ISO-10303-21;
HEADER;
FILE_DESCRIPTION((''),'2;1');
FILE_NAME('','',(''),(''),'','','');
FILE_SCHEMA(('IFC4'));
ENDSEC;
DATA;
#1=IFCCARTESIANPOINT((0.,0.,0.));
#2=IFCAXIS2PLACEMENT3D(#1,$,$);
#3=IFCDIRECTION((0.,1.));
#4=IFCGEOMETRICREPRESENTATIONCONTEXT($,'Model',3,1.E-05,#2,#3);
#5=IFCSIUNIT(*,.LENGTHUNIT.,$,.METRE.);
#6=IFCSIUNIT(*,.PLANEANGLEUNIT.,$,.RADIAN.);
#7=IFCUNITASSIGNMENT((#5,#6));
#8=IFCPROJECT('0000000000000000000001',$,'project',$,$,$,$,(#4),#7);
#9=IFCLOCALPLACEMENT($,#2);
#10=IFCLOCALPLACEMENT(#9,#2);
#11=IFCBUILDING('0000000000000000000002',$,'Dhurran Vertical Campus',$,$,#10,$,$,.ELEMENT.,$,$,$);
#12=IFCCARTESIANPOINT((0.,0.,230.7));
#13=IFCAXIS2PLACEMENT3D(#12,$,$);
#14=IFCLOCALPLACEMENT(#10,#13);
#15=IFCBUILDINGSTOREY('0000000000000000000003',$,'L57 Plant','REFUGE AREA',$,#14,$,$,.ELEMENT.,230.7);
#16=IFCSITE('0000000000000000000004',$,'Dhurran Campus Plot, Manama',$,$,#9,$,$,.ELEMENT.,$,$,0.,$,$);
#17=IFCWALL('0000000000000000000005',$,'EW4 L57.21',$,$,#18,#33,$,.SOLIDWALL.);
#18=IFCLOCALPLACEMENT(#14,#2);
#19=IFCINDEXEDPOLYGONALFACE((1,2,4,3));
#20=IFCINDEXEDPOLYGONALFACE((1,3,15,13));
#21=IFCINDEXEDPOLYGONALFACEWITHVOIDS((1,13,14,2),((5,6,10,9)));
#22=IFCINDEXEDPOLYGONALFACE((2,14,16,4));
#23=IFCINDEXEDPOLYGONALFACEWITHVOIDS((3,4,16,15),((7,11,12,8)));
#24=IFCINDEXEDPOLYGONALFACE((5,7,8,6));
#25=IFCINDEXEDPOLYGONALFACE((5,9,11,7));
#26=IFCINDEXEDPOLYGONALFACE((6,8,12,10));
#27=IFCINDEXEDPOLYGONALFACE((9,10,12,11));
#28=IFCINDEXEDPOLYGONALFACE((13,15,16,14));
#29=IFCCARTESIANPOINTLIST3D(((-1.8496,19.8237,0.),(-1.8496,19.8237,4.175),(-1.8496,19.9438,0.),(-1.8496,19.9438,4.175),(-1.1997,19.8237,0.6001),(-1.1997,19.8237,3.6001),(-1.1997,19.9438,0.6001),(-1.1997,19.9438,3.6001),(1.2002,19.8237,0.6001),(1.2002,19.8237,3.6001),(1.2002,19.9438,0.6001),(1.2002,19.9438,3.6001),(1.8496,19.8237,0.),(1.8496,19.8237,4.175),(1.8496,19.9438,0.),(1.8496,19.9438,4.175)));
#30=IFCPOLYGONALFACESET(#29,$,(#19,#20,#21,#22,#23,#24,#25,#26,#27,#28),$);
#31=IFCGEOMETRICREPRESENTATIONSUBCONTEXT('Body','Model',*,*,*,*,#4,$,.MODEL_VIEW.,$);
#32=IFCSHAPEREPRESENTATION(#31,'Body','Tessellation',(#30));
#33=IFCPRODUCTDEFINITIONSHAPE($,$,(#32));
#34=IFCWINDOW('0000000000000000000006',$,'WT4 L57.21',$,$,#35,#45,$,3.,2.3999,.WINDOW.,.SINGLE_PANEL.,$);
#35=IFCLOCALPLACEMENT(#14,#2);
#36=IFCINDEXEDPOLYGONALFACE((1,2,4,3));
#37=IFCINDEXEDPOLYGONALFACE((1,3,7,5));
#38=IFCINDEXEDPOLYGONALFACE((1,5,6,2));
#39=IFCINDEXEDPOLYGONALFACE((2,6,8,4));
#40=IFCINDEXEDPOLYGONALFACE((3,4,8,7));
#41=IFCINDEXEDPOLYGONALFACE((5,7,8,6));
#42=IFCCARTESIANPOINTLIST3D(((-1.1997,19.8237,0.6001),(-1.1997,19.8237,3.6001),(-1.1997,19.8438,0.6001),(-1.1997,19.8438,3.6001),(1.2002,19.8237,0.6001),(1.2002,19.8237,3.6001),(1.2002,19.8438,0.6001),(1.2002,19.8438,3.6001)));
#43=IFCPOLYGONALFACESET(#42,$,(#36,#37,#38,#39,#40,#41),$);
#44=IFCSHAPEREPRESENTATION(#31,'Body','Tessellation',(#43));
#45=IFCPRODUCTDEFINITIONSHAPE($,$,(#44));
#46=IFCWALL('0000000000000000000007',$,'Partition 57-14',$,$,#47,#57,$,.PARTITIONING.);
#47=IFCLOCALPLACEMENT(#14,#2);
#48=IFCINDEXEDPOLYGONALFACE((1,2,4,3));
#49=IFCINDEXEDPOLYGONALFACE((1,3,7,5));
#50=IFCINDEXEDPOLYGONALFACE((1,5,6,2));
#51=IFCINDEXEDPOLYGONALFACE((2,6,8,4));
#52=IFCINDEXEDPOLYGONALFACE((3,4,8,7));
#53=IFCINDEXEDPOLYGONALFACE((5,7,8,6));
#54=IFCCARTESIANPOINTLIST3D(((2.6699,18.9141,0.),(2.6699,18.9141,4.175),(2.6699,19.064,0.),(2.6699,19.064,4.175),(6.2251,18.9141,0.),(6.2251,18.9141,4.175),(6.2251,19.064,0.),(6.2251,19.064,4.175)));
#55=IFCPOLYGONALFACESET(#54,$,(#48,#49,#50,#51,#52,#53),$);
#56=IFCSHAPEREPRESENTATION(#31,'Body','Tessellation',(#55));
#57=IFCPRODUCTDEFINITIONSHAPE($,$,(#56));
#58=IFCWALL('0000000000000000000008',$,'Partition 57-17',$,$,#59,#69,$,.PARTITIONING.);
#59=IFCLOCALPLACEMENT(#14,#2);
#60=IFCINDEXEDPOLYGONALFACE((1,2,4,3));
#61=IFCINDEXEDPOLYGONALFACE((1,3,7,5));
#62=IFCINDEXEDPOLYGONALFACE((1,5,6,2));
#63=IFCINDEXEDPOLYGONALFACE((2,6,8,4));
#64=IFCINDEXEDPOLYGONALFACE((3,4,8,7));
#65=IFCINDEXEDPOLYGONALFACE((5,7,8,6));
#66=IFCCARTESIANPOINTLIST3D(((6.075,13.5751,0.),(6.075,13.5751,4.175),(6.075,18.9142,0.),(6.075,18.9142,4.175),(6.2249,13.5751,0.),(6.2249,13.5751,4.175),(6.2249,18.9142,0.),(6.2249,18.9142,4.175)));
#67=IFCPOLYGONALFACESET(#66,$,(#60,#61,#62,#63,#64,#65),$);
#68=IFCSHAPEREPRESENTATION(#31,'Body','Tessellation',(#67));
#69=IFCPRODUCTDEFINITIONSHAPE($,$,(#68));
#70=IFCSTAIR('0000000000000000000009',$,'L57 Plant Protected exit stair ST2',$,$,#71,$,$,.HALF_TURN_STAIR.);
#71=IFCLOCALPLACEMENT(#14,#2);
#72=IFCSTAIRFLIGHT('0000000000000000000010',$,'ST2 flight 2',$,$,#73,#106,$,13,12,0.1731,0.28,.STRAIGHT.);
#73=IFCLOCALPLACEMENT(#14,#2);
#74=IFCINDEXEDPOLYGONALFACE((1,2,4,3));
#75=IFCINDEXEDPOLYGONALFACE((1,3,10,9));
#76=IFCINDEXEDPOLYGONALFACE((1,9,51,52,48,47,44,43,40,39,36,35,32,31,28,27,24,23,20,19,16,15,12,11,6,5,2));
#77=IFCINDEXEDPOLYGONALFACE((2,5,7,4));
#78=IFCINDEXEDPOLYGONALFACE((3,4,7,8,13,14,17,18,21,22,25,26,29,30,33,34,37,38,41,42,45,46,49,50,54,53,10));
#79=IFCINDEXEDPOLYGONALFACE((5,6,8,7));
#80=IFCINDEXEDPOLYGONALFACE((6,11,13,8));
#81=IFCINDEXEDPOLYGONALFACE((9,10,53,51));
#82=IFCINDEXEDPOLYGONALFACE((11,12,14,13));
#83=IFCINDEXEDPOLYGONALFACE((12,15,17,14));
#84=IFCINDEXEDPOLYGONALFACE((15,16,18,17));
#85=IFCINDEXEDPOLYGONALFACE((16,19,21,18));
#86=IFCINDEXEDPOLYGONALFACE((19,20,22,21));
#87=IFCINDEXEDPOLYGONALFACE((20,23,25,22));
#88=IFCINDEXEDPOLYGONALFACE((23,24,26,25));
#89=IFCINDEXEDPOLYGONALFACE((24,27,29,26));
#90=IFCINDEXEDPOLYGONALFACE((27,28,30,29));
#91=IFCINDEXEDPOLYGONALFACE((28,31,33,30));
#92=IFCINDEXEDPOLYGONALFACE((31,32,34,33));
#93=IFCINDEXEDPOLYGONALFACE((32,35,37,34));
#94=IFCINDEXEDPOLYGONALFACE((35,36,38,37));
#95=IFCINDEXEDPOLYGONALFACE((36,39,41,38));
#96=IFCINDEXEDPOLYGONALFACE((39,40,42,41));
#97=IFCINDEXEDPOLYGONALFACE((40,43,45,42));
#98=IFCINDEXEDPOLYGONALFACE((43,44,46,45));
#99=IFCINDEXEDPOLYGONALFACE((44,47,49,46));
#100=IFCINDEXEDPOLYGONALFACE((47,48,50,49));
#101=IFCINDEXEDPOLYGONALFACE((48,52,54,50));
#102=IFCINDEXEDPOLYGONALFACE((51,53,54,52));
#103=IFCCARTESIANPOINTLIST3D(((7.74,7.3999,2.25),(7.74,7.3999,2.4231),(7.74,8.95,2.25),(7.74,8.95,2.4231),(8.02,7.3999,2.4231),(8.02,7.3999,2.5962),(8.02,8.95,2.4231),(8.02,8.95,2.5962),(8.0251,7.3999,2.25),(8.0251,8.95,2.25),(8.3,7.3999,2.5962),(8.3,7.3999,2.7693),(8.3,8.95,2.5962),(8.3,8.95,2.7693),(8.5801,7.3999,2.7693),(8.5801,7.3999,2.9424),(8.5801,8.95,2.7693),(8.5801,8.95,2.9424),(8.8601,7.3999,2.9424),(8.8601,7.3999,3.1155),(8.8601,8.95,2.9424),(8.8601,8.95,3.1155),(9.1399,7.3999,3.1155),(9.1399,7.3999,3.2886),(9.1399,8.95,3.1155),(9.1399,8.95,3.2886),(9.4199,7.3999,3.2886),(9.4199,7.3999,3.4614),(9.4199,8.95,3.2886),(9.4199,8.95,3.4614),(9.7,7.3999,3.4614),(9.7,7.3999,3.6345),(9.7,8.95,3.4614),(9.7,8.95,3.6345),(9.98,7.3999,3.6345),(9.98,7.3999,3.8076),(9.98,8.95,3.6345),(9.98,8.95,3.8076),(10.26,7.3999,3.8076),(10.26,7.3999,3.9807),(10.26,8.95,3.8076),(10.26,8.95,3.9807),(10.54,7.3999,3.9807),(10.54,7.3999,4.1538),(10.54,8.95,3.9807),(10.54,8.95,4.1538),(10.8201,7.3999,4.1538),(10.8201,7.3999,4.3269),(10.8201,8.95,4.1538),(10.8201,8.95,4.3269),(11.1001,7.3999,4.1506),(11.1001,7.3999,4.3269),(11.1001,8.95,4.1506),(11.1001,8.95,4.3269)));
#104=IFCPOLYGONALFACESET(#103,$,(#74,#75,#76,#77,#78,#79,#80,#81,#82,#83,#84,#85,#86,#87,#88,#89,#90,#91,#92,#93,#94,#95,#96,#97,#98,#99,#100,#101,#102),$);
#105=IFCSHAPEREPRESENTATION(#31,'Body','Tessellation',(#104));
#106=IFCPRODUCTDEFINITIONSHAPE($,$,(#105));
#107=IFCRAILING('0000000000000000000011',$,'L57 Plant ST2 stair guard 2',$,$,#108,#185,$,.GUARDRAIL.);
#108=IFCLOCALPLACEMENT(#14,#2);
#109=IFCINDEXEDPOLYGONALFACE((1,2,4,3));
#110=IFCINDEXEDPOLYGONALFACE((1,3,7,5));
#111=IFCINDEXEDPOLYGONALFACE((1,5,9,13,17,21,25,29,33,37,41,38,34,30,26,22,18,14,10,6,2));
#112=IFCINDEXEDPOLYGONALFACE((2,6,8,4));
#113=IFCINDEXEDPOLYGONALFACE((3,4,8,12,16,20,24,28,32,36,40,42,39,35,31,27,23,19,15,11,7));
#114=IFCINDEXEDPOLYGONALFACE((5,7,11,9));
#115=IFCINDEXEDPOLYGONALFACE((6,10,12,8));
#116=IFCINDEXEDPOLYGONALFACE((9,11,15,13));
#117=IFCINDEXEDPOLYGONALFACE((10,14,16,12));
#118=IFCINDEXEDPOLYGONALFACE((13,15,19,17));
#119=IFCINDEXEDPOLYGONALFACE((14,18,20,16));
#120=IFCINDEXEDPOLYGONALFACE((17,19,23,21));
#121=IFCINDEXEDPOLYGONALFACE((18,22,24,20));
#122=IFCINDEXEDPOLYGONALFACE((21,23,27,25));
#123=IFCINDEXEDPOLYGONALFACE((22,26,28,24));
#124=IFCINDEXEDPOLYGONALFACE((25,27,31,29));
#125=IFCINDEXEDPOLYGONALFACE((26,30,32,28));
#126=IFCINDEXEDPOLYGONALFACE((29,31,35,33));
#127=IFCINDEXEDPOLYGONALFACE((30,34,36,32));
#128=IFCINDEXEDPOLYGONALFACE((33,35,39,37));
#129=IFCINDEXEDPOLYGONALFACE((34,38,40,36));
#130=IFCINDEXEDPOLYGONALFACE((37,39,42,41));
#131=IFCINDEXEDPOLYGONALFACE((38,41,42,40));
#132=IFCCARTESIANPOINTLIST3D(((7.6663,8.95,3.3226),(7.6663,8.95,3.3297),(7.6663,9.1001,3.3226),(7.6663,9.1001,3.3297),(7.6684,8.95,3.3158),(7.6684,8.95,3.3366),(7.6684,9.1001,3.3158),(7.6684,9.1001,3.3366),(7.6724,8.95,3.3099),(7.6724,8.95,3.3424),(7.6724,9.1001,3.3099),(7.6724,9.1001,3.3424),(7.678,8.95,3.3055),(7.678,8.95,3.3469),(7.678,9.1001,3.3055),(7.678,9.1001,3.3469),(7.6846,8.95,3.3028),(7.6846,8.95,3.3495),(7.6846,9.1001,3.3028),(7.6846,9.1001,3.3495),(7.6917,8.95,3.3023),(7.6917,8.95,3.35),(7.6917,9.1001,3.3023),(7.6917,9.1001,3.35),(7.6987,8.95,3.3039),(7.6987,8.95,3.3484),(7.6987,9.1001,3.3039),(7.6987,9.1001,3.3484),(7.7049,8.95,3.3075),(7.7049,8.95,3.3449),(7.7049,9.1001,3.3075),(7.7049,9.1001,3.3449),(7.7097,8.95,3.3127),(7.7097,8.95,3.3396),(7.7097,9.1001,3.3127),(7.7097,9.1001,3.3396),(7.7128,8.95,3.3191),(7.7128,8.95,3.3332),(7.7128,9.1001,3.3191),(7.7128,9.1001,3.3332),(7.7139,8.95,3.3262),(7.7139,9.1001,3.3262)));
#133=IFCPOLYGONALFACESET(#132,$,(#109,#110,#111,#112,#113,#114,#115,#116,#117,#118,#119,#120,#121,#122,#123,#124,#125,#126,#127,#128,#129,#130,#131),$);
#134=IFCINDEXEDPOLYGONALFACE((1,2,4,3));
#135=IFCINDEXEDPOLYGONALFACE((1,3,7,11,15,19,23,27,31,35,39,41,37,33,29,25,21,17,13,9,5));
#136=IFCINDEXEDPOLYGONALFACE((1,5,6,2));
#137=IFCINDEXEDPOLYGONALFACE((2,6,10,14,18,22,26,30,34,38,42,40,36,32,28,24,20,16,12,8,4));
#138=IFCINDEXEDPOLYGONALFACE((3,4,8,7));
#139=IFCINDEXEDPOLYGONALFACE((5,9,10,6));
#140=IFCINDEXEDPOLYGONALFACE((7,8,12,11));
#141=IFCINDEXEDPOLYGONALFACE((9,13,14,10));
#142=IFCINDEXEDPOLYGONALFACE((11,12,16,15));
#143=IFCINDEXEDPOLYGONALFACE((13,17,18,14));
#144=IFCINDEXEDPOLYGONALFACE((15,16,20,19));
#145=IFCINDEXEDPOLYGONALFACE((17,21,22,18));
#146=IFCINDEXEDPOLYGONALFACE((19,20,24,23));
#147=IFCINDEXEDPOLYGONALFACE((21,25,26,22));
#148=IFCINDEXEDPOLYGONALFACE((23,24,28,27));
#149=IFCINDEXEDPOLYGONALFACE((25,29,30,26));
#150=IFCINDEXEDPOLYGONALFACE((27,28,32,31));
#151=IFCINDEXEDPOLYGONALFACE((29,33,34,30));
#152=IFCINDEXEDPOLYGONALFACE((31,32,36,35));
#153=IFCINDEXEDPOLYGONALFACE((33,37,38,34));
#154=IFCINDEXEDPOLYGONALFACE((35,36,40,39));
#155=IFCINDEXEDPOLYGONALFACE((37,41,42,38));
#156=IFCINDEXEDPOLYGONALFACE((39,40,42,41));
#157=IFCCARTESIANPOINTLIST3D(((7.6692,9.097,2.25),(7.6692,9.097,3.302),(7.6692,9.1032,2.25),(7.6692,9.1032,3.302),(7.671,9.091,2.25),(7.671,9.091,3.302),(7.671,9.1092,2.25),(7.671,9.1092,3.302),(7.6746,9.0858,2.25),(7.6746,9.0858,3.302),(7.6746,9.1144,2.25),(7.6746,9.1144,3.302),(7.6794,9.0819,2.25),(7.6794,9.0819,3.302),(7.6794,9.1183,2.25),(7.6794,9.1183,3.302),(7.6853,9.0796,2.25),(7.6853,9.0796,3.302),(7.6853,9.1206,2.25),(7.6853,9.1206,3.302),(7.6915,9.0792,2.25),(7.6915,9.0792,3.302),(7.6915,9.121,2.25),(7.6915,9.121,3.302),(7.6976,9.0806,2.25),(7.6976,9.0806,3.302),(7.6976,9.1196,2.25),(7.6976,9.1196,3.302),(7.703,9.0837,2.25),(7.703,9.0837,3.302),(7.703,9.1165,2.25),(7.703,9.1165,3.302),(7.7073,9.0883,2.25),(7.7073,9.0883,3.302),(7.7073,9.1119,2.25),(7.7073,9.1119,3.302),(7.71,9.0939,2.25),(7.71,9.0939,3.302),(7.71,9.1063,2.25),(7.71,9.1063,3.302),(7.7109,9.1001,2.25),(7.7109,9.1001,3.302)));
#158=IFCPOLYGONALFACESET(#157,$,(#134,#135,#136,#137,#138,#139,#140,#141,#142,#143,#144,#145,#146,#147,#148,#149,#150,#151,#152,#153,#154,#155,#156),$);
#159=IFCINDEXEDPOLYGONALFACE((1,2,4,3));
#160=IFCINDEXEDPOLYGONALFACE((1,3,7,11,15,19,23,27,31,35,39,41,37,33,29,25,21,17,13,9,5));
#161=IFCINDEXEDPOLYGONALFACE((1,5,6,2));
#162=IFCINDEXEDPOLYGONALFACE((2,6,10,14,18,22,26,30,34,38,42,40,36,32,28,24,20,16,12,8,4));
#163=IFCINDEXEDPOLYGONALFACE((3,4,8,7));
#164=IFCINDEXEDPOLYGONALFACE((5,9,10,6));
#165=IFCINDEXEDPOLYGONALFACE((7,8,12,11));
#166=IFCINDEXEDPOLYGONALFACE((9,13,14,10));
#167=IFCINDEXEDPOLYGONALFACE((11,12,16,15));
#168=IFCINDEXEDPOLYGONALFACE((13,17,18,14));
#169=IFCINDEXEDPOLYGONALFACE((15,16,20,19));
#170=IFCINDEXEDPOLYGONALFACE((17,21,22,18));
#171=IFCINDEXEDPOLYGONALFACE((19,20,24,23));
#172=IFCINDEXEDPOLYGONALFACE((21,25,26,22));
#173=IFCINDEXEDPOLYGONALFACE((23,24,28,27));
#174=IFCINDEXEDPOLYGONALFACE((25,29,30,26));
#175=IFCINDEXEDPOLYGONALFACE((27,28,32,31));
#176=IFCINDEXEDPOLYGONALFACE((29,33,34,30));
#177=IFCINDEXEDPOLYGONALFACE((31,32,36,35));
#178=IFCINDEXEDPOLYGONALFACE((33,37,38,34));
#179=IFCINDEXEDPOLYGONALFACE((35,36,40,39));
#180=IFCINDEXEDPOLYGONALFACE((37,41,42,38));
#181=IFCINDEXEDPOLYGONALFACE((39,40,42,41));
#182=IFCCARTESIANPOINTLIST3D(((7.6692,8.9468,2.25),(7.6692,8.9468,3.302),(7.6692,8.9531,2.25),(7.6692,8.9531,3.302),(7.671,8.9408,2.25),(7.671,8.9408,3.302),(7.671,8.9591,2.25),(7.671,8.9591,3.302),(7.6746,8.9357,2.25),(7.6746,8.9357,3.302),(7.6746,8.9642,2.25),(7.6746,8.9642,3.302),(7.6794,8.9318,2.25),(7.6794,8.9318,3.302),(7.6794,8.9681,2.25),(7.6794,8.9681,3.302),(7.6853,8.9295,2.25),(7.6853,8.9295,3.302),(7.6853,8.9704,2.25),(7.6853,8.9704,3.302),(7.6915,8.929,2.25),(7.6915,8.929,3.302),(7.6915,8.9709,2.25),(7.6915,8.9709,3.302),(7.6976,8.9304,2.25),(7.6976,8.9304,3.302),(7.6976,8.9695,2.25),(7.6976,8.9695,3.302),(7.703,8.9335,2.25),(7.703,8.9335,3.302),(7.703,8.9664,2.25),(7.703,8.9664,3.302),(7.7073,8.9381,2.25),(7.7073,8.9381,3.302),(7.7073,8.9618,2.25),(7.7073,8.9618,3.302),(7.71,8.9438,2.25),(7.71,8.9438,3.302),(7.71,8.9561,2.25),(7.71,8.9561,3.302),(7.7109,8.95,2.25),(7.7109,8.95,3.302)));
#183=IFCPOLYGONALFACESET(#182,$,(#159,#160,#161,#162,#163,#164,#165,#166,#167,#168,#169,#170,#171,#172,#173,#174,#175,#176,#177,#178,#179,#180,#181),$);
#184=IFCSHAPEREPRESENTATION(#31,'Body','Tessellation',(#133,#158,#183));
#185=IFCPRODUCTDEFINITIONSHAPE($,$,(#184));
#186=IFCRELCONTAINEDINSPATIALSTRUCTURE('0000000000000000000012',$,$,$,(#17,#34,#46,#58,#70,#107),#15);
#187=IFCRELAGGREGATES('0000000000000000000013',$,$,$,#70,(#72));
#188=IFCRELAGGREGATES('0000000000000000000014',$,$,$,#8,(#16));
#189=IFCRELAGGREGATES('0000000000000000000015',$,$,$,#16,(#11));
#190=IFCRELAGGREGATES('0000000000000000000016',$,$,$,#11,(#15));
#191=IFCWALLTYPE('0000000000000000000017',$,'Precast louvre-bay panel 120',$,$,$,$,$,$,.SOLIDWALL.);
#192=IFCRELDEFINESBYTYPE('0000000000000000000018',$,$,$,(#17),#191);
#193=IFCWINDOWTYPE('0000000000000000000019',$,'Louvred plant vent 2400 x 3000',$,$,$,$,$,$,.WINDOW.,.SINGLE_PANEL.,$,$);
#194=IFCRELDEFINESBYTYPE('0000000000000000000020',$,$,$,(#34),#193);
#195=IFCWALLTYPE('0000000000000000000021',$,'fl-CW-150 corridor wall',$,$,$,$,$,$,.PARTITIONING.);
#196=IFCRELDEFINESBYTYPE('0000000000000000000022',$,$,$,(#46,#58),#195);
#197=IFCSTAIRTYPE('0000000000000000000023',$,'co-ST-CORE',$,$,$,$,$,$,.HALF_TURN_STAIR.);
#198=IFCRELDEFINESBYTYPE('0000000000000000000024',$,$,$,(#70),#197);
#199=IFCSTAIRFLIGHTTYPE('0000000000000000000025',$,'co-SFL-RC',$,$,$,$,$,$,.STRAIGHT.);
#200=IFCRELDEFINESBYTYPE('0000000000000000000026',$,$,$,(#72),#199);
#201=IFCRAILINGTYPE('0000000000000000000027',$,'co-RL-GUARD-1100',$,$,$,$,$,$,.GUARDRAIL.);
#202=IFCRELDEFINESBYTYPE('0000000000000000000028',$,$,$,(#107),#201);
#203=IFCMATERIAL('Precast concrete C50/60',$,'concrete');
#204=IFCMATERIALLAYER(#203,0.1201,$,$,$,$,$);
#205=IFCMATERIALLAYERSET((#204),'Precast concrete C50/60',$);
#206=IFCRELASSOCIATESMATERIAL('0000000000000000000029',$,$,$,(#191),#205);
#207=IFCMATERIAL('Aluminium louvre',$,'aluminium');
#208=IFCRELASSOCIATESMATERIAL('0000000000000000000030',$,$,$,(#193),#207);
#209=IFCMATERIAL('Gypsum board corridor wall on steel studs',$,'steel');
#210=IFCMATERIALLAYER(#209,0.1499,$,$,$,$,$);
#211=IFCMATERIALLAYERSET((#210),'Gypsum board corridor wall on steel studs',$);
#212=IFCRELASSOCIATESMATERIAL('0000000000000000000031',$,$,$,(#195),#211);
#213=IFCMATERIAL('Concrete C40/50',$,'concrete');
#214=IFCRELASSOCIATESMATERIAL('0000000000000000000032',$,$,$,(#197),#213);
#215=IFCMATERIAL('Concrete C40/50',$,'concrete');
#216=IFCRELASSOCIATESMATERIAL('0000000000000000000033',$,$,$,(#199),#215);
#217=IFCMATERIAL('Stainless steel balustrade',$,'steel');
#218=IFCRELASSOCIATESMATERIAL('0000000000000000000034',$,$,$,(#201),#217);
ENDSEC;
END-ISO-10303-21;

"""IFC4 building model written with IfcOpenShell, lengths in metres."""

from ifc_helpers import new_model, si_unit, direction, frame, frame_2d, origin, origin_2d, place, context, subcontext, project, spatial, polyline, rectangle, circle, outline, extrude, material, layer, layer_set, type_object, element, fill, aggregate, save


model = new_model("IFC4")

# Units and contexts
model_context = context("Model", 3, precision=1e-05, world=origin(), true_north=direction((0.0, 1.0)))
body_context = subcontext(model_context, "Body", "Model", "MODEL_VIEW")
ifc_project = project(units=[si_unit("LENGTHUNIT", "METRE"), si_unit("PLANEANGLEUNIT", "RADIAN")], contexts=[model_context])

# Site, building, storey
site_placement = place(None, origin())
site = spatial("IfcSite", under=ifc_project, at=site_placement, Name="Dhurran Campus Plot, Manama", CompositionType="ELEMENT", RefElevation=0.0)
building_placement = place(site_placement, origin())
building = spatial("IfcBuilding", under=site, at=building_placement, Name="Dhurran Vertical Campus", CompositionType="ELEMENT")
storey_placement = place(building_placement, frame((0.0, 0.0, 230.7)))
storey = spatial("IfcBuildingStorey", under=building, at=storey_placement, Name="L57 Plant", Description="REFUGE AREA", CompositionType="ELEMENT", Elevation=230.7)

# Wall, opening, window
ifc_material_1 = material(Name="Precast concrete C50/60", Category="concrete")
ifc_layer_1 = layer(ifc_material_1, 0.1201)
ifc_layer_set_1 = layer_set([ifc_layer_1], Name="Precast concrete C50/60")
wall_type_1 = type_object("IfcWallType", Name="Precast louvre-bay panel 120", PredefinedType="SOLIDWALL", material=ifc_layer_set_1)
ifc_material_2 = material(Name="Aluminium louvre", Category="aluminium")
window_type = type_object("IfcWindowType", Name="Louvred plant vent 2400 x 3000", PartitioningType="SINGLE_PANEL", PredefinedType="WINDOW", material=ifc_material_2)
wall_1_placement = place(storey_placement, frame((1.8496, 19.8838, 0.0), z_axis=(0.0, 0.0, 1.0), x_axis=(-1.0, 0.0, 0.0)))
wall_1 = element("IfcWall", 1, at=wall_1_placement, inside=storey, type_object=wall_type_1, Name="EW4 L57.21", PredefinedType="SOLIDWALL", context=body_context, shape_type="SweptSolid", body=[
    extrude(rectangle(XDim=3.6992, YDim=0.1201, at=frame_2d((1.8496, 0.0))), origin(), (0.0, 0.0, 1.0), 4.175),
])
opening_1_placement = place(wall_1_placement, frame((0.6494, 0.0, 0.6001)))
opening_1 = element("IfcOpeningElement", 2, at=opening_1_placement, cuts=wall_1, PredefinedType="OPENING", context=body_context, shape_type="SweptSolid", body=[
    extrude(rectangle(XDim=2.3999, YDim=3.0, at=frame_2d((1.2, 1.5))), frame((0.0, 0.0701, 0.0), z_axis=(0.0, -1.0, 0.0), x_axis=(1.0, 0.0, 0.0)), (0.0, 0.0, 1.0), 0.1401),
])
window_1_placement = place(opening_1_placement, origin())
window_1 = element("IfcWindow", 3, at=window_1_placement, inside=storey, type_object=window_type, Name="WT4 L57.21", OverallHeight=3.0, OverallWidth=2.3999, PartitioningType="SINGLE_PANEL", PredefinedType="WINDOW", context=body_context, shape_type="SweptSolid", body=[
    extrude(rectangle(XDim=2.3999, YDim=3.0, at=frame_2d((1.2, 1.5))), frame((0.0, 0.0601, 0.0), z_axis=(0.0, -1.0, 0.0), x_axis=(1.0, 0.0, 0.0)), (0.0, 0.0, 1.0), 0.02),
])
fill(opening_1, window_1)

# Walls
ifc_material_3 = material(Name="Gypsum board corridor wall on steel studs", Category="steel")
ifc_layer_2 = layer(ifc_material_3, 0.1499)
ifc_layer_set_2 = layer_set([ifc_layer_2], Name="Gypsum board corridor wall on steel studs")
wall_type_2 = type_object("IfcWallType", Name="fl-CW-150 corridor wall", PredefinedType="PARTITIONING", material=ifc_layer_set_2)
wall_2_placement = place(storey_placement, frame((2.6699, 18.989, 0.0), z_axis=(0.0, 0.0, 1.0), x_axis=(1.0, 0.0, 0.0)))
element("IfcWall", 4, at=wall_2_placement, inside=storey, type_object=wall_type_2, Name="Partition 57-14", PredefinedType="PARTITIONING", context=body_context, shape_type="SweptSolid", body=[
    extrude(rectangle(XDim=3.5552, YDim=0.1499, at=frame_2d((1.7776, 0.0))), origin(), (0.0, 0.0, 1.0), 4.175),
])
wall_3_placement = place(storey_placement, frame((6.1499, 18.9141, 0.0), z_axis=(0.0, 0.0, 1.0), x_axis=(0.0, -1.0, 0.0)))
element("IfcWall", 5, at=wall_3_placement, inside=storey, type_object=wall_type_2, Name="Partition 57-17", PredefinedType="PARTITIONING", context=body_context, shape_type="SweptSolid", body=[
    extrude(rectangle(XDim=5.3391, YDim=0.1499, at=frame_2d((2.6694, 0.0))), origin(), (0.0, 0.0, 1.0), 4.175),
])

# Stair, stair flight
ifc_material_4 = material(Name="Concrete C40/50", Category="concrete")
stair_type = type_object("IfcStairType", Name="co-ST-CORE", PredefinedType="HALF_TURN_STAIR", material=ifc_material_4)
stair_placement = place(storey_placement, origin())
stair = element("IfcStair", 6, at=stair_placement, inside=storey, type_object=stair_type, Name="L57 Plant Protected exit stair ST2", PredefinedType="HALF_TURN_STAIR")
ifc_material_5 = material(Name="Concrete C40/50", Category="concrete")
stair_flight_type = type_object("IfcStairFlightType", Name="co-SFL-RC", PredefinedType="STRAIGHT", material=ifc_material_5)
stair_flight_placement = place(storey_placement, frame((7.74, 8.175, 2.25), z_axis=(0.0, 0.0, 1.0), x_axis=(1.0, 0.0, 0.0)))
stair_flight = element("IfcStairFlight", 7, at=stair_flight_placement, type_object=stair_flight_type, Name="ST2 flight 2", NumberOfRisers=13, NumberOfTreads=12, PredefinedType="STRAIGHT", RiserHeight=0.1731, TreadLength=0.28, context=body_context, shape_type="SweptSolid", body=[
    extrude(outline(polyline([(0.0, 0.0), (0.0, 0.1731), (0.28, 0.1731), (0.28, 0.3462), (0.5601, 0.3462), (0.5601, 0.5193), (0.8401, 0.5193), (0.8401, 0.6924), (1.1201, 0.6924), (1.1201, 0.8655), (1.3999, 0.8655), (1.3999, 1.0386), (1.6799, 1.0386), (1.6799, 1.2114), (1.96, 1.2114), (1.96, 1.3845), (2.24, 1.3845), (2.24, 1.5576), (2.52, 1.5576), (2.52, 1.7307), (2.8, 1.7307), (2.8, 1.9038), (3.0801, 1.9038), (3.0801, 2.0769), (3.3601, 2.0769), (3.3601, 2.25), (3.3601, 1.9006), (0.2852, 0.0), (0.0, 0.0)])), frame((0.0, 0.7749, 0.0), z_axis=(0.0, -1.0, 0.0), x_axis=(1.0, 0.0, 0.0)), (0.0, 0.0, 1.0), 1.55),
])
aggregate(stair, [stair_flight])

# Railing
ifc_material_6 = material(Name="Stainless steel balustrade", Category="steel")
railing_type_1 = type_object("IfcRailingType", Name="co-RL-GUARD-1100", PredefinedType="GUARDRAIL", material=ifc_material_6)
railing_1_placement = place(storey_placement, frame((7.6899, 9.1001, 2.25)))
element("IfcRailing", 8, at=railing_1_placement, inside=storey, type_object=railing_type_1, Name="L57 Plant ST2 stair guard 2", PredefinedType="GUARDRAIL", context=body_context, shape_type="SweptSolid", body=[
    extrude(circle(Radius=0.0239, at=origin_2d()), frame((0.0, 0.0, 1.0762), z_axis=(0.0, -1.0, 0.0), x_axis=(1.0, 0.0, 0.0)), (0.0, 0.0, 1.0), 0.1501),
    extrude(circle(Radius=0.021, at=origin_2d()), origin(), (0.0, 0.0, 1.0), 1.052),
    extrude(circle(Radius=0.021, at=origin_2d()), frame((0.0, -0.1501, 0.0)), (0.0, 0.0, 1.0), 1.052),
])

save(model, "model.ifc")
